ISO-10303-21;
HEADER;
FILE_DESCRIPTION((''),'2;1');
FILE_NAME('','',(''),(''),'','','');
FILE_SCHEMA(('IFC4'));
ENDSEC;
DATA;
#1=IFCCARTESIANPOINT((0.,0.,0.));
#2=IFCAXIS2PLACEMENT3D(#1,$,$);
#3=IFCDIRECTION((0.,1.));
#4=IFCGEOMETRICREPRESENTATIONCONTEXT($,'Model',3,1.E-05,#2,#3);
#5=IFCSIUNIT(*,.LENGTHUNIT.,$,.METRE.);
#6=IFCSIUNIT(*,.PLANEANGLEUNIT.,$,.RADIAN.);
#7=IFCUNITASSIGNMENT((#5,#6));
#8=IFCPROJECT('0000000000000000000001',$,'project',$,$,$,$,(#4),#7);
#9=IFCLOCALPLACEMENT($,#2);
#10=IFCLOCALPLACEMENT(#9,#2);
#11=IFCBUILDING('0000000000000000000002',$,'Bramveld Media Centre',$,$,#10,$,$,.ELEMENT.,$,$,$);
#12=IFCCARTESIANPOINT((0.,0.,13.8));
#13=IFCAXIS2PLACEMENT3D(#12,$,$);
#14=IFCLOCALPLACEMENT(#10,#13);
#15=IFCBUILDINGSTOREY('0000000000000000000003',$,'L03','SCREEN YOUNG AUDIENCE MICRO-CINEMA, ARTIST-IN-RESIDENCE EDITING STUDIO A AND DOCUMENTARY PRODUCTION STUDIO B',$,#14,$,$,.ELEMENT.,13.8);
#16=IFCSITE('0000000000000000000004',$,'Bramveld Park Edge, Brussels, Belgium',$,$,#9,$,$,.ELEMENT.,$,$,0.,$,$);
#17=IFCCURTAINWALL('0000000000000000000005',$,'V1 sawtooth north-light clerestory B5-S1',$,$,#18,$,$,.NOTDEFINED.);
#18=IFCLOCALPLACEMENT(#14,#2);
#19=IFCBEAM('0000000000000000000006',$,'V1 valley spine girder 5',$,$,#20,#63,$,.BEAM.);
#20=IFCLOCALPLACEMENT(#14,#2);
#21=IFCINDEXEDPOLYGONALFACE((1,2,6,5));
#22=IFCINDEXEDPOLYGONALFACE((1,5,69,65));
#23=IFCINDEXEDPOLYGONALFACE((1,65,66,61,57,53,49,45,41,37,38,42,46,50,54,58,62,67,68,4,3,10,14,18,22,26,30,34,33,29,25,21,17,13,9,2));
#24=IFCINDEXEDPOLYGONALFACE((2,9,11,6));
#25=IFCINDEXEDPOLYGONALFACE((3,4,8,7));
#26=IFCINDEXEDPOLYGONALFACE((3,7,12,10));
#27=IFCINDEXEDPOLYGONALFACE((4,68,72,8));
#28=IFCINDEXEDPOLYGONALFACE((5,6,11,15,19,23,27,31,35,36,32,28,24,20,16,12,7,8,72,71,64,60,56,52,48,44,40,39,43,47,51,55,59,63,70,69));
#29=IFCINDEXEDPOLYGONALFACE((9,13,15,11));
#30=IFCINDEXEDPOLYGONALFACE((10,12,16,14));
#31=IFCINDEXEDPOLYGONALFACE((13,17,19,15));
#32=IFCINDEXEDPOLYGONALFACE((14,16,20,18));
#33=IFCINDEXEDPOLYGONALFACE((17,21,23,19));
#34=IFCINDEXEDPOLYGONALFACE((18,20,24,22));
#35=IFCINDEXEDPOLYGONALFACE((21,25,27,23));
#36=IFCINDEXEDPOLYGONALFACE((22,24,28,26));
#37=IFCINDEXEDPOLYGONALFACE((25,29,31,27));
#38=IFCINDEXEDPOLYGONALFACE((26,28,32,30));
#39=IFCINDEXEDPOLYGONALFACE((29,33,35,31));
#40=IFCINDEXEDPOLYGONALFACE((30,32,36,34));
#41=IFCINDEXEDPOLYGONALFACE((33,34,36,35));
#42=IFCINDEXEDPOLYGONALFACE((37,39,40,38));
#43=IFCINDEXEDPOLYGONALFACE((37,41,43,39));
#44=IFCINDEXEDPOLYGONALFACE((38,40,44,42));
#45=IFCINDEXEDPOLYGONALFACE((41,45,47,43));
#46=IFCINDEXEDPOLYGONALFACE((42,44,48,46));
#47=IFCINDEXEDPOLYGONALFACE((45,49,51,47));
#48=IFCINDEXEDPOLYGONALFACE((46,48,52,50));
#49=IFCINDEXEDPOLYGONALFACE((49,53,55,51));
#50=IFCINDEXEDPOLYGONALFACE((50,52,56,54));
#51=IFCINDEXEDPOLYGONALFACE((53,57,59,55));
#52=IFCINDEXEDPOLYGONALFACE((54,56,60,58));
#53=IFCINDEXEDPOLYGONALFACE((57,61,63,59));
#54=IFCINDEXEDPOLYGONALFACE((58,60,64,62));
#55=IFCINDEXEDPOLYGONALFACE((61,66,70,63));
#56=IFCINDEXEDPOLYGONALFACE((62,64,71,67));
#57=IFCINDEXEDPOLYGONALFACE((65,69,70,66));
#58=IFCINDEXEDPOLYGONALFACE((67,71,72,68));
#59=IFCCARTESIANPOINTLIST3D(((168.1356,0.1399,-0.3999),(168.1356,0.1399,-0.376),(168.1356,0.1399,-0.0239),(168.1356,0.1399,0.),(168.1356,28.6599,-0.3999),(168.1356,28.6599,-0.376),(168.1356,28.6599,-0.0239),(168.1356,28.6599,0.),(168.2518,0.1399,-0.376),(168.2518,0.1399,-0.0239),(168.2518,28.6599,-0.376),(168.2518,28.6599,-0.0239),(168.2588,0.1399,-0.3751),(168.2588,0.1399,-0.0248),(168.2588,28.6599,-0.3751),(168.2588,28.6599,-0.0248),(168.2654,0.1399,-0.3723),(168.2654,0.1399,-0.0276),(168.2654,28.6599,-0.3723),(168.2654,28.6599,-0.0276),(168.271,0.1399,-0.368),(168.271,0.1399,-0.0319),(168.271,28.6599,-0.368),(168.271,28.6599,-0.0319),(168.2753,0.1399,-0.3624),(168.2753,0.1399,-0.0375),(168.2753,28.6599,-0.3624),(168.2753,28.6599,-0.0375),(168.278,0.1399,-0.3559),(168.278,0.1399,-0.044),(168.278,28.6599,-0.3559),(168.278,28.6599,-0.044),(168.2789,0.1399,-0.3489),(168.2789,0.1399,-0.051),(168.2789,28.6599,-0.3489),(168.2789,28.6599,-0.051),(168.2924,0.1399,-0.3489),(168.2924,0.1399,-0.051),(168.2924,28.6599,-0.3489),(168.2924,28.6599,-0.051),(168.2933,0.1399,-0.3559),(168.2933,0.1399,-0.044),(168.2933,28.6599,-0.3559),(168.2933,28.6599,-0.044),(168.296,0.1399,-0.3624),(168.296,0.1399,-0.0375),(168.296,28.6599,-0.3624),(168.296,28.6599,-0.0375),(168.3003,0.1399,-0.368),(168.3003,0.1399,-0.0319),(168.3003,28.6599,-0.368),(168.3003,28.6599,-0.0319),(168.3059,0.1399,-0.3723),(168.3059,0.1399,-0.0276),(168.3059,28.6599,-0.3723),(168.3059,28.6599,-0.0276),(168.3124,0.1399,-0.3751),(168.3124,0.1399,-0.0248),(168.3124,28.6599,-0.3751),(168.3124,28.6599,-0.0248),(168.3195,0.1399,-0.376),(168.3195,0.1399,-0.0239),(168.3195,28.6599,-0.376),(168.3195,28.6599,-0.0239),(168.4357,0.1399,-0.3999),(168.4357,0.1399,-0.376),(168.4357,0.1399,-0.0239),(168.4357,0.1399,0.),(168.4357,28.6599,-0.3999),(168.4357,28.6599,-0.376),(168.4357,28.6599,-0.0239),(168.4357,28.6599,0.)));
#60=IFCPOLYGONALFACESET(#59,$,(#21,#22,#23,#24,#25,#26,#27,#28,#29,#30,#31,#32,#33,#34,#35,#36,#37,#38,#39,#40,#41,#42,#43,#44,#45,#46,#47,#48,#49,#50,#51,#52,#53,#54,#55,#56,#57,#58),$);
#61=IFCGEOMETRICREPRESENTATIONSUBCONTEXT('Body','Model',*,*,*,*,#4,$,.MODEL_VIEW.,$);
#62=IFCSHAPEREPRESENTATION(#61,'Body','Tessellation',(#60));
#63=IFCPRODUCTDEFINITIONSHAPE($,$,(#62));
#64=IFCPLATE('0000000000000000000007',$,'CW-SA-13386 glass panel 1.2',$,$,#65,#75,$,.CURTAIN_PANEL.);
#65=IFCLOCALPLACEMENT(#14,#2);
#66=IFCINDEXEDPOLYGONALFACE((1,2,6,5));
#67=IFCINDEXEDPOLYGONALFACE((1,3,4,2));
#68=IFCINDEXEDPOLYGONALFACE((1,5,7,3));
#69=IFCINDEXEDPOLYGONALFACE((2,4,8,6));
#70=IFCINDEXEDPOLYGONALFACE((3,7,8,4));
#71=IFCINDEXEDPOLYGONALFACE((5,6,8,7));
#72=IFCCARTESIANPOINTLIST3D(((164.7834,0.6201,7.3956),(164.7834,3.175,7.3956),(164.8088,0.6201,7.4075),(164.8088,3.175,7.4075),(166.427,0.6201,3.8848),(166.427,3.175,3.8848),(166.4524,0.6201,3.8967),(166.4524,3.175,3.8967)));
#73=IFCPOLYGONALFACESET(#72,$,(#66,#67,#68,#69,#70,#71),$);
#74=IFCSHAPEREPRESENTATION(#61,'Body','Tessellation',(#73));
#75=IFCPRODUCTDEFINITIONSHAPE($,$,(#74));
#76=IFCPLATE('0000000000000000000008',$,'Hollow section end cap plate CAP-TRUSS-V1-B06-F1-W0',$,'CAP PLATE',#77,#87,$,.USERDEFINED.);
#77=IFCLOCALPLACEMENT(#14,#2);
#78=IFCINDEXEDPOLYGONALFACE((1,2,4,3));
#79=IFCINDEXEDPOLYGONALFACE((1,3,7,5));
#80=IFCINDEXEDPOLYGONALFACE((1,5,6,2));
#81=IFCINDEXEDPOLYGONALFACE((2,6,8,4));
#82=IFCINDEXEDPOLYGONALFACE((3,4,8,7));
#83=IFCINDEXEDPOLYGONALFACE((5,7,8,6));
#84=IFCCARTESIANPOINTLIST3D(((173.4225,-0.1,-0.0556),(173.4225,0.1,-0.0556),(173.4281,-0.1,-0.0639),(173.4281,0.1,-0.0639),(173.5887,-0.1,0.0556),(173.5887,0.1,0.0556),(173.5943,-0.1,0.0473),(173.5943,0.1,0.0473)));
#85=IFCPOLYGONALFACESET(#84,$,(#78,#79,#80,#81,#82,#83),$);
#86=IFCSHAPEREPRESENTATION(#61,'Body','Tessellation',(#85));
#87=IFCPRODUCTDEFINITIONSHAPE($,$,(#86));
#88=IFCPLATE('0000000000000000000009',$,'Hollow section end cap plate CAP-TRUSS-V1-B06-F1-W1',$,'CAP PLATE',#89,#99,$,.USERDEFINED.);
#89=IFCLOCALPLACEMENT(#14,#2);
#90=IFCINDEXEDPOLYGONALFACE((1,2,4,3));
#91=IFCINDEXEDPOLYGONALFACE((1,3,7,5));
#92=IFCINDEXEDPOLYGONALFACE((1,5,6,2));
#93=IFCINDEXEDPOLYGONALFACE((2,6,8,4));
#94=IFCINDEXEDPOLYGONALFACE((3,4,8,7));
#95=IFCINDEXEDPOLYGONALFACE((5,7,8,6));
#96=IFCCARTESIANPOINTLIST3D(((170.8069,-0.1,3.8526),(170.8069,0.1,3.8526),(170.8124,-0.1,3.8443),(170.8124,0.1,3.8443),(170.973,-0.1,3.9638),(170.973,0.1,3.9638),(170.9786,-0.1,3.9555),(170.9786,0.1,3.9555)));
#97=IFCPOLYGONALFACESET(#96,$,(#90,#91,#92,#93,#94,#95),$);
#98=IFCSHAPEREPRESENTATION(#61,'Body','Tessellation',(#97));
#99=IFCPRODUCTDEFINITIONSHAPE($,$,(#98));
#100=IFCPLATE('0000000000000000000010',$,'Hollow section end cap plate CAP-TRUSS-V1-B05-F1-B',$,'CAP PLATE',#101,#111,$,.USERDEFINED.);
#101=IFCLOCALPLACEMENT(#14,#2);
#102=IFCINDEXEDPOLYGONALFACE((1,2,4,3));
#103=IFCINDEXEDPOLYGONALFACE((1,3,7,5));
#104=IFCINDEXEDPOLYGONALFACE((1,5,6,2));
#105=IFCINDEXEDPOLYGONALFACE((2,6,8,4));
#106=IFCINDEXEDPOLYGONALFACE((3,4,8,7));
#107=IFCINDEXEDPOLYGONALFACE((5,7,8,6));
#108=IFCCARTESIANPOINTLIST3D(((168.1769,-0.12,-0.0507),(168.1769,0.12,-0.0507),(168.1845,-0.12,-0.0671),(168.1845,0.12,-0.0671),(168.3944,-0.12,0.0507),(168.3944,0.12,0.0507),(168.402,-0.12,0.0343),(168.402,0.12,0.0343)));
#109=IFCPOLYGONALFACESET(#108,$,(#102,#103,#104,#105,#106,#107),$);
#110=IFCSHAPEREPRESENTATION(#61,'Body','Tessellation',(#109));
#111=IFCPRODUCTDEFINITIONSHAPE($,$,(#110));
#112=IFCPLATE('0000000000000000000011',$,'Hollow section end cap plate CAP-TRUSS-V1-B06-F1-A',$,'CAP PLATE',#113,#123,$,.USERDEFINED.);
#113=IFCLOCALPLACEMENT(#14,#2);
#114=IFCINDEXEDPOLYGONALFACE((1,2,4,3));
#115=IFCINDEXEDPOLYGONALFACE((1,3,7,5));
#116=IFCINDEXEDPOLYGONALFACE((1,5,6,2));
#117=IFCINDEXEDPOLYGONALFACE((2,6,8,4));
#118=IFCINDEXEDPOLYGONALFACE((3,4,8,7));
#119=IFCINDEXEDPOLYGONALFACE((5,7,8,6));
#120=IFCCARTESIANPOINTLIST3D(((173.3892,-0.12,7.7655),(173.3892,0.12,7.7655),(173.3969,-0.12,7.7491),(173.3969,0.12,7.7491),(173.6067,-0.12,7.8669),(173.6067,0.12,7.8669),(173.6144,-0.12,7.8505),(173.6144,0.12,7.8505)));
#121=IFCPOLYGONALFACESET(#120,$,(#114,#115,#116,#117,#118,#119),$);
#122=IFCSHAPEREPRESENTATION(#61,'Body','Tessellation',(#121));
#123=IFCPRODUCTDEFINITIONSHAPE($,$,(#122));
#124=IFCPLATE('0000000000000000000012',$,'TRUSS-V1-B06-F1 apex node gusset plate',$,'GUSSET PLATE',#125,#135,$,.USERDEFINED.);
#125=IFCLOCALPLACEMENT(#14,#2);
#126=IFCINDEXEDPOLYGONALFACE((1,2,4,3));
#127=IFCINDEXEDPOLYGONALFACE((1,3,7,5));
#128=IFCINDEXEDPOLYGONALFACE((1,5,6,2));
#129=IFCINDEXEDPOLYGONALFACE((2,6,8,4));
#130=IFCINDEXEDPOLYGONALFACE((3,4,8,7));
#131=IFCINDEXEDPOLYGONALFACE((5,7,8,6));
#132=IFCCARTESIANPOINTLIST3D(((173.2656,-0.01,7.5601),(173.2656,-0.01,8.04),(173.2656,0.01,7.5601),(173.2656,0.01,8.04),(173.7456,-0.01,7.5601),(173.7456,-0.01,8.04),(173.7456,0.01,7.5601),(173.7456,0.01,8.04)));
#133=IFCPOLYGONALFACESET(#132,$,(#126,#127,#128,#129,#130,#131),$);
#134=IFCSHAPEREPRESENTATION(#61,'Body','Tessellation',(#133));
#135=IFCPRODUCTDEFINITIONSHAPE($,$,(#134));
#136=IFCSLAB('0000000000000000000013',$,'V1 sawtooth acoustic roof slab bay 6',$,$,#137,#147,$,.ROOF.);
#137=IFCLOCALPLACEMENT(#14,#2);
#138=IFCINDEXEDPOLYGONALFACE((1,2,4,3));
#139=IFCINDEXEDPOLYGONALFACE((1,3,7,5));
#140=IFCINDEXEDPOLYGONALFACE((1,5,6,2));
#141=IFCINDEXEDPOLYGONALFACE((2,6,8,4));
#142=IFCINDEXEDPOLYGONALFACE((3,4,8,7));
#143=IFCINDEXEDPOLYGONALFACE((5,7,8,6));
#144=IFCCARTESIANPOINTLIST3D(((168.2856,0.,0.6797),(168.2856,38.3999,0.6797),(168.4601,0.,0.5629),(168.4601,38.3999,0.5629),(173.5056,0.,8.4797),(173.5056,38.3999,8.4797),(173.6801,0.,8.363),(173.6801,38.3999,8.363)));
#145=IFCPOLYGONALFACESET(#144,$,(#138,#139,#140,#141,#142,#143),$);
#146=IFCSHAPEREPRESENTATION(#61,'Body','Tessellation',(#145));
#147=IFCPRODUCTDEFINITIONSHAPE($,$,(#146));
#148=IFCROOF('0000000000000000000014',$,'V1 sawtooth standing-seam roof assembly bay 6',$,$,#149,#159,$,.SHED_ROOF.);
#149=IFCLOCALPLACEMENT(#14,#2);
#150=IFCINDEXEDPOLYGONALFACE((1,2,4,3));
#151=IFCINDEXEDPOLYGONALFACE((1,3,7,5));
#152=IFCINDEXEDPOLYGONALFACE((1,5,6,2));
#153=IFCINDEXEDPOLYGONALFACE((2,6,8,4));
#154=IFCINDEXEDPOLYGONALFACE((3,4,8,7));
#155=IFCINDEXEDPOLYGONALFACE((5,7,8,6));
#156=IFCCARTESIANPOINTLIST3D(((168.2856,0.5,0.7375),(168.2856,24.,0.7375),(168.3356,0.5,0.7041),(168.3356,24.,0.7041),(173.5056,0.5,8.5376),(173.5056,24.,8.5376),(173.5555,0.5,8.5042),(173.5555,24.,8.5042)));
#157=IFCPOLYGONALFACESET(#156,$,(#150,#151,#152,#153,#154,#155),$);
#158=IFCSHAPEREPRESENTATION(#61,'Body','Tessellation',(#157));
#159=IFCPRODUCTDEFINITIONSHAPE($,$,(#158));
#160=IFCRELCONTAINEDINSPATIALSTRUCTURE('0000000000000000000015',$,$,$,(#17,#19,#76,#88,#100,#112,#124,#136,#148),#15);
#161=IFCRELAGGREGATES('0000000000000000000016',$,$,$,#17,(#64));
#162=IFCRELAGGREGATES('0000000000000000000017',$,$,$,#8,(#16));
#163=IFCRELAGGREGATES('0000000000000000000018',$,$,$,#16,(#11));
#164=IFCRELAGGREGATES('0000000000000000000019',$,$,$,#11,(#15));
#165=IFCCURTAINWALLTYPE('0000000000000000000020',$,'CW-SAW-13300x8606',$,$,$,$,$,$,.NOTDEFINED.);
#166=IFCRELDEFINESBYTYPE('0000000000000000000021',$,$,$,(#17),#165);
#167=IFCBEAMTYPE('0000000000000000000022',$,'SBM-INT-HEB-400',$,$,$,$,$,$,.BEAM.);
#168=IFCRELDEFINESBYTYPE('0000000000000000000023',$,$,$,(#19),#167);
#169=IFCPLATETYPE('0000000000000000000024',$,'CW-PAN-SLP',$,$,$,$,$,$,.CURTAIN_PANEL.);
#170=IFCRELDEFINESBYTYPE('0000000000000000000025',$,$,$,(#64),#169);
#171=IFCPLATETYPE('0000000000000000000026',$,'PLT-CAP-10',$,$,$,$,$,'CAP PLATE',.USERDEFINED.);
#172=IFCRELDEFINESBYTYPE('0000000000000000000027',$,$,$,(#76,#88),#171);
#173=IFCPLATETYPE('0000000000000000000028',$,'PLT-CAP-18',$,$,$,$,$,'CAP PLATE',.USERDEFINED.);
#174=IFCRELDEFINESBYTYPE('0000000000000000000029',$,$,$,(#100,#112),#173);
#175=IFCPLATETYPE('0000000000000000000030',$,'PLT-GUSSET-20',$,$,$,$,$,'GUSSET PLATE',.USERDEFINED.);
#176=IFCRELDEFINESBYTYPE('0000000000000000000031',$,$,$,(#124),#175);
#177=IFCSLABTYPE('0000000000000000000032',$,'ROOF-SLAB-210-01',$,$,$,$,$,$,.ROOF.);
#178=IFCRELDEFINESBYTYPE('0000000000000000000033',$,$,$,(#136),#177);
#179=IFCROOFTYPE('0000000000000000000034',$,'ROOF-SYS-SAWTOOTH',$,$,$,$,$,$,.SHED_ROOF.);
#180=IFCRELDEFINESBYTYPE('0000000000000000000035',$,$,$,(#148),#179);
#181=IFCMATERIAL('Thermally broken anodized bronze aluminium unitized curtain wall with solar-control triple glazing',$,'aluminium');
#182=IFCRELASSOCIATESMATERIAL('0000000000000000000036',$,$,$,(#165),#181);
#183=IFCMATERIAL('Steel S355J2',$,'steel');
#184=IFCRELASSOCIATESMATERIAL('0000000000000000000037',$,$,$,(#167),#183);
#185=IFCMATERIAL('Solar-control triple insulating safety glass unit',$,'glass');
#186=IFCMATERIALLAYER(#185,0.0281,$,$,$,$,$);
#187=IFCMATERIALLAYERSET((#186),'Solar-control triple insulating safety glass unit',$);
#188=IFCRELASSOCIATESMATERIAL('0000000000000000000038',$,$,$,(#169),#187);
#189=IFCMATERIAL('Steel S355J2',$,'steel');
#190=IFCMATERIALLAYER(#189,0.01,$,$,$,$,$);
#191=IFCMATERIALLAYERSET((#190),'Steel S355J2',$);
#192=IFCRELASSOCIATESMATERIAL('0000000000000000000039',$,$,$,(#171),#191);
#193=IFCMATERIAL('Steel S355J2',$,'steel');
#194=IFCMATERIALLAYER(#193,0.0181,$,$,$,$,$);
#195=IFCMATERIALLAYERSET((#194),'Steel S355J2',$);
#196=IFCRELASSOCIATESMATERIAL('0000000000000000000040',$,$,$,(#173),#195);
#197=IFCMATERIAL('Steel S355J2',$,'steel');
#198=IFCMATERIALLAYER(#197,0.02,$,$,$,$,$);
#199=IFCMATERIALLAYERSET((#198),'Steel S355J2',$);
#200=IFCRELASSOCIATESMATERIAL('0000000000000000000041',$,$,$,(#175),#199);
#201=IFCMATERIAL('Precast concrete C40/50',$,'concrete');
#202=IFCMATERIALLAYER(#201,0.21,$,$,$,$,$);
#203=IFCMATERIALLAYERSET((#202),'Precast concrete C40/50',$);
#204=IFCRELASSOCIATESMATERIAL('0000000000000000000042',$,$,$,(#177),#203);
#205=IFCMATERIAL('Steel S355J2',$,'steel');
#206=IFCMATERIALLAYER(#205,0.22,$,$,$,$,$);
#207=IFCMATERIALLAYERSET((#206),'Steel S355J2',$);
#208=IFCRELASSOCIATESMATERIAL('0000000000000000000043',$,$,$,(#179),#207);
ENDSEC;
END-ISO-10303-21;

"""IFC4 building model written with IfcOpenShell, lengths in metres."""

from ifc_helpers import new_model, si_unit, direction, frame, origin, origin_2d, place, context, subcontext, project, spatial, polyline, rectangle, i_section, outline, extrude, material, layer, layer_set, material_profile, profile_set, type_object, element, aggregate, save


model = new_model("IFC4")

# Units and contexts
model_context = context("Model", 3, precision=1e-05, world=origin(), true_north=direction((0.0, 1.0)))
body_context = subcontext(model_context, "Body", "Model", "MODEL_VIEW")
ifc_project = project(units=[si_unit("LENGTHUNIT", "METRE"), si_unit("PLANEANGLEUNIT", "RADIAN")], contexts=[model_context])

# Site, building, storey
site_placement = place(None, origin())
site = spatial("IfcSite", under=ifc_project, at=site_placement, Name="Bramveld Park Edge, Brussels, Belgium", CompositionType="ELEMENT", RefElevation=0.0)
building_placement = place(site_placement, origin())
building = spatial("IfcBuilding", under=site, at=building_placement, Name="Bramveld Media Centre", CompositionType="ELEMENT")
storey_placement = place(building_placement, frame((0.0, 0.0, 13.8)))
storey = spatial("IfcBuildingStorey", under=building, at=storey_placement, Name="L03", Description="SCREEN YOUNG AUDIENCE MICRO-CINEMA, ARTIST-IN-RESIDENCE EDITING STUDIO A AND DOCUMENTARY PRODUCTION STUDIO B", CompositionType="ELEMENT", Elevation=13.8)

# Curtain wall
ifc_material_1 = material(Name="Thermally broken anodized bronze aluminium unitized curtain wall with solar-control triple glazing", Category="aluminium")
curtain_wall_type = type_object("IfcCurtainWallType", Name="CW-SAW-13300x8606", PredefinedType="NOTDEFINED", material=ifc_material_1)
curtain_wall_placement = place(storey_placement, origin())
curtain_wall = element("IfcCurtainWall", 1, at=curtain_wall_placement, inside=storey, type_object=curtain_wall_type, Name="V1 sawtooth north-light clerestory B5-S1", PredefinedType="NOTDEFINED")

# Beam
ifc_material_2 = material(Name="Steel S355J2", Category="steel")
ifc_material_profile_1 = material_profile(ifc_material_2, i_section(OverallWidth=0.3, OverallDepth=0.3999, WebThickness=0.0134, FlangeThickness=0.0239, FilletRadius=0.0271, at=origin_2d()), Name="HEB 400")
ifc_profile_set_1 = profile_set([ifc_material_profile_1], Name="Steel S355J2")
beam_type_1 = type_object("IfcBeamType", Name="SBM-INT-HEB-400", PredefinedType="BEAM", material=ifc_profile_set_1)
beam_1_placement = place(storey_placement, frame((168.2856, 0.1399, -0.2), z_axis=(0.0, 1.0, 0.0), x_axis=(-1.0, 0.0, 0.0)))
element("IfcBeam", 2, at=beam_1_placement, inside=storey, type_object=beam_type_1, Name="V1 valley spine girder 5", PredefinedType="BEAM", context=body_context, shape_type="SweptSolid", body=[
    extrude(i_section(OverallWidth=0.3, OverallDepth=0.3999, WebThickness=0.0134, FlangeThickness=0.0239, FilletRadius=0.0271, at=origin_2d()), origin(), (0.0, 0.0, 1.0), 28.52),
])

# Plate
ifc_material_3 = material(Name="Solar-control triple insulating safety glass unit", Category="glass")
ifc_layer_1 = layer(ifc_material_3, 0.0281)
ifc_layer_set_1 = layer_set([ifc_layer_1], Name="Solar-control triple insulating safety glass unit")
plate_type_1 = type_object("IfcPlateType", Name="CW-PAN-SLP", PredefinedType="CURTAIN_PANEL", material=ifc_layer_set_1)
plate_1_placement = place(storey_placement, frame((166.4524, 0.6201, 3.8967), z_axis=(0.905668, 0.0, 0.423988), x_axis=(0.0, 1.0, 0.0)))
plate_1 = element("IfcPlate", 3, at=plate_1_placement, type_object=plate_type_1, Name="CW-SA-13386 glass panel 1.2", PredefinedType="CURTAIN_PANEL", context=body_context, shape_type="SweptSolid", body=[
    extrude(outline(polyline([(0.0, 0.0), (2.5549, 0.0), (2.5549, 3.8764), (0.0, 3.8764), (0.0, 0.0)])), origin(), (0.0, 0.0, -1.0), 0.0281),
])
aggregate(curtain_wall, [plate_1])

# Plates
ifc_material_4 = material(Name="Steel S355J2", Category="steel")
ifc_layer_2 = layer(ifc_material_4, 0.01)
ifc_layer_set_2 = layer_set([ifc_layer_2], Name="Steel S355J2")
plate_type_2 = type_object("IfcPlateType", Name="PLT-CAP-10", ElementType="CAP PLATE", PredefinedType="USERDEFINED", material=ifc_layer_set_2)
for number, where, z_axis, x_axis, name in (
    (4, (173.5056, 0.0, 0.0), (0.556175, 0.0, -0.831065), (0.0, 1.0, 0.0), "Hollow section end cap plate CAP-TRUSS-V1-B06-F1-W0"),
    (5, (170.8955, 0.0, 3.8999), (-0.556175, 0.0, 0.831065), (0.0, -1.0, 0.0), "Hollow section end cap plate CAP-TRUSS-V1-B06-F1-W1"),
):
    element("IfcPlate", number, at=place(storey_placement, frame(where, z_axis=z_axis, x_axis=x_axis)), inside=storey, type_object=plate_type_2, Name=name, ObjectType="CAP PLATE", PredefinedType="USERDEFINED", context=body_context, shape_type="SweptSolid", body=[
        extrude(rectangle(XDim=0.2, YDim=0.2, at=origin_2d()), origin(), (0.0, 0.0, 1.0), 0.01),
    ])
ifc_material_5 = material(Name="Steel S355J2", Category="steel")
ifc_layer_3 = layer(ifc_material_5, 0.0181)
ifc_layer_set_3 = layer_set([ifc_layer_3], Name="Steel S355J2")
plate_type_3 = type_object("IfcPlateType", Name="PLT-CAP-18", ElementType="CAP PLATE", PredefinedType="USERDEFINED", material=ifc_layer_set_3)
for number, where, z_axis, x_axis, name in (
    (6, (168.2856, 0.0, 0.0), (0.422618, 0.0, -0.906308), (0.0, 1.0, 0.0), "Hollow section end cap plate CAP-TRUSS-V1-B05-F1-B"),
    (7, (173.5056, 0.0, 7.7998), (-0.422628, 0.0, 0.906303), (0.0, -1.0, 0.0), "Hollow section end cap plate CAP-TRUSS-V1-B06-F1-A"),
):
    element("IfcPlate", number, at=place(storey_placement, frame(where, z_axis=z_axis, x_axis=x_axis)), inside=storey, type_object=plate_type_3, Name=name, ObjectType="CAP PLATE", PredefinedType="USERDEFINED", context=body_context, shape_type="SweptSolid", body=[
        extrude(rectangle(XDim=0.24, YDim=0.24, at=origin_2d()), origin(), (0.0, 0.0, 1.0), 0.0181),
    ])
ifc_material_6 = material(Name="Steel S355J2", Category="steel")
ifc_layer_4 = layer(ifc_material_6, 0.02)
ifc_layer_set_4 = layer_set([ifc_layer_4], Name="Steel S355J2")
plate_type_4 = type_object("IfcPlateType", Name="PLT-GUSSET-20", ElementType="GUSSET PLATE", PredefinedType="USERDEFINED", material=ifc_layer_set_4)
plate_2_placement = place(storey_placement, frame((173.5056, 0.0, 7.5601), z_axis=(0.0, 0.0, 1.0), x_axis=(1.0, 0.0, 0.0)))
element("IfcPlate", 8, at=plate_2_placement, inside=storey, type_object=plate_type_4, Name="TRUSS-V1-B06-F1 apex node gusset plate", ObjectType="GUSSET PLATE", PredefinedType="USERDEFINED", context=body_context, shape_type="SweptSolid", body=[
    extrude(rectangle(XDim=0.48, YDim=0.02, at=origin_2d()), origin(), (0.0, 0.0, 1.0), 0.48),
])

# Slab
ifc_material_7 = material(Name="Precast concrete C40/50", Category="concrete")
ifc_layer_5 = layer(ifc_material_7, 0.21)
ifc_layer_set_5 = layer_set([ifc_layer_5], Name="Precast concrete C40/50")
slab_type = type_object("IfcSlabType", Name="ROOF-SLAB-210-01", PredefinedType="ROOF", material=ifc_layer_set_5)
slab_placement = place(storey_placement, frame((168.2856, 0.0, 0.6797), z_axis=(-0.831069, 0.0, 0.55617), x_axis=(0.55617, 0.0, 0.831069)))
element("IfcSlab", 9, at=slab_placement, inside=storey, type_object=slab_type, Name="V1 sawtooth acoustic roof slab bay 6", PredefinedType="ROOF", context=body_context, shape_type="SweptSolid", body=[
    extrude(outline(polyline([(0.0, 0.0), (9.3856, 0.0), (9.3856, 38.3999), (0.0, 38.3999), (0.0, 0.0)])), origin(), (0.0, 0.0, -1.0), 0.21),
])

# Roof
ifc_material_8 = material(Name="Steel S355J2", Category="steel")
ifc_layer_6 = layer(ifc_material_8, 0.22)
ifc_layer_set_6 = layer_set([ifc_layer_6], Name="Steel S355J2")
roof_type = type_object("IfcRoofType", Name="ROOF-SYS-SAWTOOTH", PredefinedType="SHED_ROOF", material=ifc_layer_set_6)
roof_placement = place(storey_placement, frame((168.2856, 0.5, 0.7375), z_axis=(-0.831069, 0.0, 0.55617), x_axis=(0.55617, 0.0, 0.831069)))
element("IfcRoof", 10, at=roof_placement, inside=storey, type_object=roof_type, Name="V1 sawtooth standing-seam roof assembly bay 6", PredefinedType="SHED_ROOF", context=body_context, shape_type="SweptSolid", body=[
    extrude(outline(polyline([(0.0, 0.0), (9.3856, 0.0), (9.3856, 23.5), (0.0, 23.5), (0.0, 0.0)])), origin(), (0.0, 0.0, -1.0), 0.0601),
])

save(model, "model.ifc")
